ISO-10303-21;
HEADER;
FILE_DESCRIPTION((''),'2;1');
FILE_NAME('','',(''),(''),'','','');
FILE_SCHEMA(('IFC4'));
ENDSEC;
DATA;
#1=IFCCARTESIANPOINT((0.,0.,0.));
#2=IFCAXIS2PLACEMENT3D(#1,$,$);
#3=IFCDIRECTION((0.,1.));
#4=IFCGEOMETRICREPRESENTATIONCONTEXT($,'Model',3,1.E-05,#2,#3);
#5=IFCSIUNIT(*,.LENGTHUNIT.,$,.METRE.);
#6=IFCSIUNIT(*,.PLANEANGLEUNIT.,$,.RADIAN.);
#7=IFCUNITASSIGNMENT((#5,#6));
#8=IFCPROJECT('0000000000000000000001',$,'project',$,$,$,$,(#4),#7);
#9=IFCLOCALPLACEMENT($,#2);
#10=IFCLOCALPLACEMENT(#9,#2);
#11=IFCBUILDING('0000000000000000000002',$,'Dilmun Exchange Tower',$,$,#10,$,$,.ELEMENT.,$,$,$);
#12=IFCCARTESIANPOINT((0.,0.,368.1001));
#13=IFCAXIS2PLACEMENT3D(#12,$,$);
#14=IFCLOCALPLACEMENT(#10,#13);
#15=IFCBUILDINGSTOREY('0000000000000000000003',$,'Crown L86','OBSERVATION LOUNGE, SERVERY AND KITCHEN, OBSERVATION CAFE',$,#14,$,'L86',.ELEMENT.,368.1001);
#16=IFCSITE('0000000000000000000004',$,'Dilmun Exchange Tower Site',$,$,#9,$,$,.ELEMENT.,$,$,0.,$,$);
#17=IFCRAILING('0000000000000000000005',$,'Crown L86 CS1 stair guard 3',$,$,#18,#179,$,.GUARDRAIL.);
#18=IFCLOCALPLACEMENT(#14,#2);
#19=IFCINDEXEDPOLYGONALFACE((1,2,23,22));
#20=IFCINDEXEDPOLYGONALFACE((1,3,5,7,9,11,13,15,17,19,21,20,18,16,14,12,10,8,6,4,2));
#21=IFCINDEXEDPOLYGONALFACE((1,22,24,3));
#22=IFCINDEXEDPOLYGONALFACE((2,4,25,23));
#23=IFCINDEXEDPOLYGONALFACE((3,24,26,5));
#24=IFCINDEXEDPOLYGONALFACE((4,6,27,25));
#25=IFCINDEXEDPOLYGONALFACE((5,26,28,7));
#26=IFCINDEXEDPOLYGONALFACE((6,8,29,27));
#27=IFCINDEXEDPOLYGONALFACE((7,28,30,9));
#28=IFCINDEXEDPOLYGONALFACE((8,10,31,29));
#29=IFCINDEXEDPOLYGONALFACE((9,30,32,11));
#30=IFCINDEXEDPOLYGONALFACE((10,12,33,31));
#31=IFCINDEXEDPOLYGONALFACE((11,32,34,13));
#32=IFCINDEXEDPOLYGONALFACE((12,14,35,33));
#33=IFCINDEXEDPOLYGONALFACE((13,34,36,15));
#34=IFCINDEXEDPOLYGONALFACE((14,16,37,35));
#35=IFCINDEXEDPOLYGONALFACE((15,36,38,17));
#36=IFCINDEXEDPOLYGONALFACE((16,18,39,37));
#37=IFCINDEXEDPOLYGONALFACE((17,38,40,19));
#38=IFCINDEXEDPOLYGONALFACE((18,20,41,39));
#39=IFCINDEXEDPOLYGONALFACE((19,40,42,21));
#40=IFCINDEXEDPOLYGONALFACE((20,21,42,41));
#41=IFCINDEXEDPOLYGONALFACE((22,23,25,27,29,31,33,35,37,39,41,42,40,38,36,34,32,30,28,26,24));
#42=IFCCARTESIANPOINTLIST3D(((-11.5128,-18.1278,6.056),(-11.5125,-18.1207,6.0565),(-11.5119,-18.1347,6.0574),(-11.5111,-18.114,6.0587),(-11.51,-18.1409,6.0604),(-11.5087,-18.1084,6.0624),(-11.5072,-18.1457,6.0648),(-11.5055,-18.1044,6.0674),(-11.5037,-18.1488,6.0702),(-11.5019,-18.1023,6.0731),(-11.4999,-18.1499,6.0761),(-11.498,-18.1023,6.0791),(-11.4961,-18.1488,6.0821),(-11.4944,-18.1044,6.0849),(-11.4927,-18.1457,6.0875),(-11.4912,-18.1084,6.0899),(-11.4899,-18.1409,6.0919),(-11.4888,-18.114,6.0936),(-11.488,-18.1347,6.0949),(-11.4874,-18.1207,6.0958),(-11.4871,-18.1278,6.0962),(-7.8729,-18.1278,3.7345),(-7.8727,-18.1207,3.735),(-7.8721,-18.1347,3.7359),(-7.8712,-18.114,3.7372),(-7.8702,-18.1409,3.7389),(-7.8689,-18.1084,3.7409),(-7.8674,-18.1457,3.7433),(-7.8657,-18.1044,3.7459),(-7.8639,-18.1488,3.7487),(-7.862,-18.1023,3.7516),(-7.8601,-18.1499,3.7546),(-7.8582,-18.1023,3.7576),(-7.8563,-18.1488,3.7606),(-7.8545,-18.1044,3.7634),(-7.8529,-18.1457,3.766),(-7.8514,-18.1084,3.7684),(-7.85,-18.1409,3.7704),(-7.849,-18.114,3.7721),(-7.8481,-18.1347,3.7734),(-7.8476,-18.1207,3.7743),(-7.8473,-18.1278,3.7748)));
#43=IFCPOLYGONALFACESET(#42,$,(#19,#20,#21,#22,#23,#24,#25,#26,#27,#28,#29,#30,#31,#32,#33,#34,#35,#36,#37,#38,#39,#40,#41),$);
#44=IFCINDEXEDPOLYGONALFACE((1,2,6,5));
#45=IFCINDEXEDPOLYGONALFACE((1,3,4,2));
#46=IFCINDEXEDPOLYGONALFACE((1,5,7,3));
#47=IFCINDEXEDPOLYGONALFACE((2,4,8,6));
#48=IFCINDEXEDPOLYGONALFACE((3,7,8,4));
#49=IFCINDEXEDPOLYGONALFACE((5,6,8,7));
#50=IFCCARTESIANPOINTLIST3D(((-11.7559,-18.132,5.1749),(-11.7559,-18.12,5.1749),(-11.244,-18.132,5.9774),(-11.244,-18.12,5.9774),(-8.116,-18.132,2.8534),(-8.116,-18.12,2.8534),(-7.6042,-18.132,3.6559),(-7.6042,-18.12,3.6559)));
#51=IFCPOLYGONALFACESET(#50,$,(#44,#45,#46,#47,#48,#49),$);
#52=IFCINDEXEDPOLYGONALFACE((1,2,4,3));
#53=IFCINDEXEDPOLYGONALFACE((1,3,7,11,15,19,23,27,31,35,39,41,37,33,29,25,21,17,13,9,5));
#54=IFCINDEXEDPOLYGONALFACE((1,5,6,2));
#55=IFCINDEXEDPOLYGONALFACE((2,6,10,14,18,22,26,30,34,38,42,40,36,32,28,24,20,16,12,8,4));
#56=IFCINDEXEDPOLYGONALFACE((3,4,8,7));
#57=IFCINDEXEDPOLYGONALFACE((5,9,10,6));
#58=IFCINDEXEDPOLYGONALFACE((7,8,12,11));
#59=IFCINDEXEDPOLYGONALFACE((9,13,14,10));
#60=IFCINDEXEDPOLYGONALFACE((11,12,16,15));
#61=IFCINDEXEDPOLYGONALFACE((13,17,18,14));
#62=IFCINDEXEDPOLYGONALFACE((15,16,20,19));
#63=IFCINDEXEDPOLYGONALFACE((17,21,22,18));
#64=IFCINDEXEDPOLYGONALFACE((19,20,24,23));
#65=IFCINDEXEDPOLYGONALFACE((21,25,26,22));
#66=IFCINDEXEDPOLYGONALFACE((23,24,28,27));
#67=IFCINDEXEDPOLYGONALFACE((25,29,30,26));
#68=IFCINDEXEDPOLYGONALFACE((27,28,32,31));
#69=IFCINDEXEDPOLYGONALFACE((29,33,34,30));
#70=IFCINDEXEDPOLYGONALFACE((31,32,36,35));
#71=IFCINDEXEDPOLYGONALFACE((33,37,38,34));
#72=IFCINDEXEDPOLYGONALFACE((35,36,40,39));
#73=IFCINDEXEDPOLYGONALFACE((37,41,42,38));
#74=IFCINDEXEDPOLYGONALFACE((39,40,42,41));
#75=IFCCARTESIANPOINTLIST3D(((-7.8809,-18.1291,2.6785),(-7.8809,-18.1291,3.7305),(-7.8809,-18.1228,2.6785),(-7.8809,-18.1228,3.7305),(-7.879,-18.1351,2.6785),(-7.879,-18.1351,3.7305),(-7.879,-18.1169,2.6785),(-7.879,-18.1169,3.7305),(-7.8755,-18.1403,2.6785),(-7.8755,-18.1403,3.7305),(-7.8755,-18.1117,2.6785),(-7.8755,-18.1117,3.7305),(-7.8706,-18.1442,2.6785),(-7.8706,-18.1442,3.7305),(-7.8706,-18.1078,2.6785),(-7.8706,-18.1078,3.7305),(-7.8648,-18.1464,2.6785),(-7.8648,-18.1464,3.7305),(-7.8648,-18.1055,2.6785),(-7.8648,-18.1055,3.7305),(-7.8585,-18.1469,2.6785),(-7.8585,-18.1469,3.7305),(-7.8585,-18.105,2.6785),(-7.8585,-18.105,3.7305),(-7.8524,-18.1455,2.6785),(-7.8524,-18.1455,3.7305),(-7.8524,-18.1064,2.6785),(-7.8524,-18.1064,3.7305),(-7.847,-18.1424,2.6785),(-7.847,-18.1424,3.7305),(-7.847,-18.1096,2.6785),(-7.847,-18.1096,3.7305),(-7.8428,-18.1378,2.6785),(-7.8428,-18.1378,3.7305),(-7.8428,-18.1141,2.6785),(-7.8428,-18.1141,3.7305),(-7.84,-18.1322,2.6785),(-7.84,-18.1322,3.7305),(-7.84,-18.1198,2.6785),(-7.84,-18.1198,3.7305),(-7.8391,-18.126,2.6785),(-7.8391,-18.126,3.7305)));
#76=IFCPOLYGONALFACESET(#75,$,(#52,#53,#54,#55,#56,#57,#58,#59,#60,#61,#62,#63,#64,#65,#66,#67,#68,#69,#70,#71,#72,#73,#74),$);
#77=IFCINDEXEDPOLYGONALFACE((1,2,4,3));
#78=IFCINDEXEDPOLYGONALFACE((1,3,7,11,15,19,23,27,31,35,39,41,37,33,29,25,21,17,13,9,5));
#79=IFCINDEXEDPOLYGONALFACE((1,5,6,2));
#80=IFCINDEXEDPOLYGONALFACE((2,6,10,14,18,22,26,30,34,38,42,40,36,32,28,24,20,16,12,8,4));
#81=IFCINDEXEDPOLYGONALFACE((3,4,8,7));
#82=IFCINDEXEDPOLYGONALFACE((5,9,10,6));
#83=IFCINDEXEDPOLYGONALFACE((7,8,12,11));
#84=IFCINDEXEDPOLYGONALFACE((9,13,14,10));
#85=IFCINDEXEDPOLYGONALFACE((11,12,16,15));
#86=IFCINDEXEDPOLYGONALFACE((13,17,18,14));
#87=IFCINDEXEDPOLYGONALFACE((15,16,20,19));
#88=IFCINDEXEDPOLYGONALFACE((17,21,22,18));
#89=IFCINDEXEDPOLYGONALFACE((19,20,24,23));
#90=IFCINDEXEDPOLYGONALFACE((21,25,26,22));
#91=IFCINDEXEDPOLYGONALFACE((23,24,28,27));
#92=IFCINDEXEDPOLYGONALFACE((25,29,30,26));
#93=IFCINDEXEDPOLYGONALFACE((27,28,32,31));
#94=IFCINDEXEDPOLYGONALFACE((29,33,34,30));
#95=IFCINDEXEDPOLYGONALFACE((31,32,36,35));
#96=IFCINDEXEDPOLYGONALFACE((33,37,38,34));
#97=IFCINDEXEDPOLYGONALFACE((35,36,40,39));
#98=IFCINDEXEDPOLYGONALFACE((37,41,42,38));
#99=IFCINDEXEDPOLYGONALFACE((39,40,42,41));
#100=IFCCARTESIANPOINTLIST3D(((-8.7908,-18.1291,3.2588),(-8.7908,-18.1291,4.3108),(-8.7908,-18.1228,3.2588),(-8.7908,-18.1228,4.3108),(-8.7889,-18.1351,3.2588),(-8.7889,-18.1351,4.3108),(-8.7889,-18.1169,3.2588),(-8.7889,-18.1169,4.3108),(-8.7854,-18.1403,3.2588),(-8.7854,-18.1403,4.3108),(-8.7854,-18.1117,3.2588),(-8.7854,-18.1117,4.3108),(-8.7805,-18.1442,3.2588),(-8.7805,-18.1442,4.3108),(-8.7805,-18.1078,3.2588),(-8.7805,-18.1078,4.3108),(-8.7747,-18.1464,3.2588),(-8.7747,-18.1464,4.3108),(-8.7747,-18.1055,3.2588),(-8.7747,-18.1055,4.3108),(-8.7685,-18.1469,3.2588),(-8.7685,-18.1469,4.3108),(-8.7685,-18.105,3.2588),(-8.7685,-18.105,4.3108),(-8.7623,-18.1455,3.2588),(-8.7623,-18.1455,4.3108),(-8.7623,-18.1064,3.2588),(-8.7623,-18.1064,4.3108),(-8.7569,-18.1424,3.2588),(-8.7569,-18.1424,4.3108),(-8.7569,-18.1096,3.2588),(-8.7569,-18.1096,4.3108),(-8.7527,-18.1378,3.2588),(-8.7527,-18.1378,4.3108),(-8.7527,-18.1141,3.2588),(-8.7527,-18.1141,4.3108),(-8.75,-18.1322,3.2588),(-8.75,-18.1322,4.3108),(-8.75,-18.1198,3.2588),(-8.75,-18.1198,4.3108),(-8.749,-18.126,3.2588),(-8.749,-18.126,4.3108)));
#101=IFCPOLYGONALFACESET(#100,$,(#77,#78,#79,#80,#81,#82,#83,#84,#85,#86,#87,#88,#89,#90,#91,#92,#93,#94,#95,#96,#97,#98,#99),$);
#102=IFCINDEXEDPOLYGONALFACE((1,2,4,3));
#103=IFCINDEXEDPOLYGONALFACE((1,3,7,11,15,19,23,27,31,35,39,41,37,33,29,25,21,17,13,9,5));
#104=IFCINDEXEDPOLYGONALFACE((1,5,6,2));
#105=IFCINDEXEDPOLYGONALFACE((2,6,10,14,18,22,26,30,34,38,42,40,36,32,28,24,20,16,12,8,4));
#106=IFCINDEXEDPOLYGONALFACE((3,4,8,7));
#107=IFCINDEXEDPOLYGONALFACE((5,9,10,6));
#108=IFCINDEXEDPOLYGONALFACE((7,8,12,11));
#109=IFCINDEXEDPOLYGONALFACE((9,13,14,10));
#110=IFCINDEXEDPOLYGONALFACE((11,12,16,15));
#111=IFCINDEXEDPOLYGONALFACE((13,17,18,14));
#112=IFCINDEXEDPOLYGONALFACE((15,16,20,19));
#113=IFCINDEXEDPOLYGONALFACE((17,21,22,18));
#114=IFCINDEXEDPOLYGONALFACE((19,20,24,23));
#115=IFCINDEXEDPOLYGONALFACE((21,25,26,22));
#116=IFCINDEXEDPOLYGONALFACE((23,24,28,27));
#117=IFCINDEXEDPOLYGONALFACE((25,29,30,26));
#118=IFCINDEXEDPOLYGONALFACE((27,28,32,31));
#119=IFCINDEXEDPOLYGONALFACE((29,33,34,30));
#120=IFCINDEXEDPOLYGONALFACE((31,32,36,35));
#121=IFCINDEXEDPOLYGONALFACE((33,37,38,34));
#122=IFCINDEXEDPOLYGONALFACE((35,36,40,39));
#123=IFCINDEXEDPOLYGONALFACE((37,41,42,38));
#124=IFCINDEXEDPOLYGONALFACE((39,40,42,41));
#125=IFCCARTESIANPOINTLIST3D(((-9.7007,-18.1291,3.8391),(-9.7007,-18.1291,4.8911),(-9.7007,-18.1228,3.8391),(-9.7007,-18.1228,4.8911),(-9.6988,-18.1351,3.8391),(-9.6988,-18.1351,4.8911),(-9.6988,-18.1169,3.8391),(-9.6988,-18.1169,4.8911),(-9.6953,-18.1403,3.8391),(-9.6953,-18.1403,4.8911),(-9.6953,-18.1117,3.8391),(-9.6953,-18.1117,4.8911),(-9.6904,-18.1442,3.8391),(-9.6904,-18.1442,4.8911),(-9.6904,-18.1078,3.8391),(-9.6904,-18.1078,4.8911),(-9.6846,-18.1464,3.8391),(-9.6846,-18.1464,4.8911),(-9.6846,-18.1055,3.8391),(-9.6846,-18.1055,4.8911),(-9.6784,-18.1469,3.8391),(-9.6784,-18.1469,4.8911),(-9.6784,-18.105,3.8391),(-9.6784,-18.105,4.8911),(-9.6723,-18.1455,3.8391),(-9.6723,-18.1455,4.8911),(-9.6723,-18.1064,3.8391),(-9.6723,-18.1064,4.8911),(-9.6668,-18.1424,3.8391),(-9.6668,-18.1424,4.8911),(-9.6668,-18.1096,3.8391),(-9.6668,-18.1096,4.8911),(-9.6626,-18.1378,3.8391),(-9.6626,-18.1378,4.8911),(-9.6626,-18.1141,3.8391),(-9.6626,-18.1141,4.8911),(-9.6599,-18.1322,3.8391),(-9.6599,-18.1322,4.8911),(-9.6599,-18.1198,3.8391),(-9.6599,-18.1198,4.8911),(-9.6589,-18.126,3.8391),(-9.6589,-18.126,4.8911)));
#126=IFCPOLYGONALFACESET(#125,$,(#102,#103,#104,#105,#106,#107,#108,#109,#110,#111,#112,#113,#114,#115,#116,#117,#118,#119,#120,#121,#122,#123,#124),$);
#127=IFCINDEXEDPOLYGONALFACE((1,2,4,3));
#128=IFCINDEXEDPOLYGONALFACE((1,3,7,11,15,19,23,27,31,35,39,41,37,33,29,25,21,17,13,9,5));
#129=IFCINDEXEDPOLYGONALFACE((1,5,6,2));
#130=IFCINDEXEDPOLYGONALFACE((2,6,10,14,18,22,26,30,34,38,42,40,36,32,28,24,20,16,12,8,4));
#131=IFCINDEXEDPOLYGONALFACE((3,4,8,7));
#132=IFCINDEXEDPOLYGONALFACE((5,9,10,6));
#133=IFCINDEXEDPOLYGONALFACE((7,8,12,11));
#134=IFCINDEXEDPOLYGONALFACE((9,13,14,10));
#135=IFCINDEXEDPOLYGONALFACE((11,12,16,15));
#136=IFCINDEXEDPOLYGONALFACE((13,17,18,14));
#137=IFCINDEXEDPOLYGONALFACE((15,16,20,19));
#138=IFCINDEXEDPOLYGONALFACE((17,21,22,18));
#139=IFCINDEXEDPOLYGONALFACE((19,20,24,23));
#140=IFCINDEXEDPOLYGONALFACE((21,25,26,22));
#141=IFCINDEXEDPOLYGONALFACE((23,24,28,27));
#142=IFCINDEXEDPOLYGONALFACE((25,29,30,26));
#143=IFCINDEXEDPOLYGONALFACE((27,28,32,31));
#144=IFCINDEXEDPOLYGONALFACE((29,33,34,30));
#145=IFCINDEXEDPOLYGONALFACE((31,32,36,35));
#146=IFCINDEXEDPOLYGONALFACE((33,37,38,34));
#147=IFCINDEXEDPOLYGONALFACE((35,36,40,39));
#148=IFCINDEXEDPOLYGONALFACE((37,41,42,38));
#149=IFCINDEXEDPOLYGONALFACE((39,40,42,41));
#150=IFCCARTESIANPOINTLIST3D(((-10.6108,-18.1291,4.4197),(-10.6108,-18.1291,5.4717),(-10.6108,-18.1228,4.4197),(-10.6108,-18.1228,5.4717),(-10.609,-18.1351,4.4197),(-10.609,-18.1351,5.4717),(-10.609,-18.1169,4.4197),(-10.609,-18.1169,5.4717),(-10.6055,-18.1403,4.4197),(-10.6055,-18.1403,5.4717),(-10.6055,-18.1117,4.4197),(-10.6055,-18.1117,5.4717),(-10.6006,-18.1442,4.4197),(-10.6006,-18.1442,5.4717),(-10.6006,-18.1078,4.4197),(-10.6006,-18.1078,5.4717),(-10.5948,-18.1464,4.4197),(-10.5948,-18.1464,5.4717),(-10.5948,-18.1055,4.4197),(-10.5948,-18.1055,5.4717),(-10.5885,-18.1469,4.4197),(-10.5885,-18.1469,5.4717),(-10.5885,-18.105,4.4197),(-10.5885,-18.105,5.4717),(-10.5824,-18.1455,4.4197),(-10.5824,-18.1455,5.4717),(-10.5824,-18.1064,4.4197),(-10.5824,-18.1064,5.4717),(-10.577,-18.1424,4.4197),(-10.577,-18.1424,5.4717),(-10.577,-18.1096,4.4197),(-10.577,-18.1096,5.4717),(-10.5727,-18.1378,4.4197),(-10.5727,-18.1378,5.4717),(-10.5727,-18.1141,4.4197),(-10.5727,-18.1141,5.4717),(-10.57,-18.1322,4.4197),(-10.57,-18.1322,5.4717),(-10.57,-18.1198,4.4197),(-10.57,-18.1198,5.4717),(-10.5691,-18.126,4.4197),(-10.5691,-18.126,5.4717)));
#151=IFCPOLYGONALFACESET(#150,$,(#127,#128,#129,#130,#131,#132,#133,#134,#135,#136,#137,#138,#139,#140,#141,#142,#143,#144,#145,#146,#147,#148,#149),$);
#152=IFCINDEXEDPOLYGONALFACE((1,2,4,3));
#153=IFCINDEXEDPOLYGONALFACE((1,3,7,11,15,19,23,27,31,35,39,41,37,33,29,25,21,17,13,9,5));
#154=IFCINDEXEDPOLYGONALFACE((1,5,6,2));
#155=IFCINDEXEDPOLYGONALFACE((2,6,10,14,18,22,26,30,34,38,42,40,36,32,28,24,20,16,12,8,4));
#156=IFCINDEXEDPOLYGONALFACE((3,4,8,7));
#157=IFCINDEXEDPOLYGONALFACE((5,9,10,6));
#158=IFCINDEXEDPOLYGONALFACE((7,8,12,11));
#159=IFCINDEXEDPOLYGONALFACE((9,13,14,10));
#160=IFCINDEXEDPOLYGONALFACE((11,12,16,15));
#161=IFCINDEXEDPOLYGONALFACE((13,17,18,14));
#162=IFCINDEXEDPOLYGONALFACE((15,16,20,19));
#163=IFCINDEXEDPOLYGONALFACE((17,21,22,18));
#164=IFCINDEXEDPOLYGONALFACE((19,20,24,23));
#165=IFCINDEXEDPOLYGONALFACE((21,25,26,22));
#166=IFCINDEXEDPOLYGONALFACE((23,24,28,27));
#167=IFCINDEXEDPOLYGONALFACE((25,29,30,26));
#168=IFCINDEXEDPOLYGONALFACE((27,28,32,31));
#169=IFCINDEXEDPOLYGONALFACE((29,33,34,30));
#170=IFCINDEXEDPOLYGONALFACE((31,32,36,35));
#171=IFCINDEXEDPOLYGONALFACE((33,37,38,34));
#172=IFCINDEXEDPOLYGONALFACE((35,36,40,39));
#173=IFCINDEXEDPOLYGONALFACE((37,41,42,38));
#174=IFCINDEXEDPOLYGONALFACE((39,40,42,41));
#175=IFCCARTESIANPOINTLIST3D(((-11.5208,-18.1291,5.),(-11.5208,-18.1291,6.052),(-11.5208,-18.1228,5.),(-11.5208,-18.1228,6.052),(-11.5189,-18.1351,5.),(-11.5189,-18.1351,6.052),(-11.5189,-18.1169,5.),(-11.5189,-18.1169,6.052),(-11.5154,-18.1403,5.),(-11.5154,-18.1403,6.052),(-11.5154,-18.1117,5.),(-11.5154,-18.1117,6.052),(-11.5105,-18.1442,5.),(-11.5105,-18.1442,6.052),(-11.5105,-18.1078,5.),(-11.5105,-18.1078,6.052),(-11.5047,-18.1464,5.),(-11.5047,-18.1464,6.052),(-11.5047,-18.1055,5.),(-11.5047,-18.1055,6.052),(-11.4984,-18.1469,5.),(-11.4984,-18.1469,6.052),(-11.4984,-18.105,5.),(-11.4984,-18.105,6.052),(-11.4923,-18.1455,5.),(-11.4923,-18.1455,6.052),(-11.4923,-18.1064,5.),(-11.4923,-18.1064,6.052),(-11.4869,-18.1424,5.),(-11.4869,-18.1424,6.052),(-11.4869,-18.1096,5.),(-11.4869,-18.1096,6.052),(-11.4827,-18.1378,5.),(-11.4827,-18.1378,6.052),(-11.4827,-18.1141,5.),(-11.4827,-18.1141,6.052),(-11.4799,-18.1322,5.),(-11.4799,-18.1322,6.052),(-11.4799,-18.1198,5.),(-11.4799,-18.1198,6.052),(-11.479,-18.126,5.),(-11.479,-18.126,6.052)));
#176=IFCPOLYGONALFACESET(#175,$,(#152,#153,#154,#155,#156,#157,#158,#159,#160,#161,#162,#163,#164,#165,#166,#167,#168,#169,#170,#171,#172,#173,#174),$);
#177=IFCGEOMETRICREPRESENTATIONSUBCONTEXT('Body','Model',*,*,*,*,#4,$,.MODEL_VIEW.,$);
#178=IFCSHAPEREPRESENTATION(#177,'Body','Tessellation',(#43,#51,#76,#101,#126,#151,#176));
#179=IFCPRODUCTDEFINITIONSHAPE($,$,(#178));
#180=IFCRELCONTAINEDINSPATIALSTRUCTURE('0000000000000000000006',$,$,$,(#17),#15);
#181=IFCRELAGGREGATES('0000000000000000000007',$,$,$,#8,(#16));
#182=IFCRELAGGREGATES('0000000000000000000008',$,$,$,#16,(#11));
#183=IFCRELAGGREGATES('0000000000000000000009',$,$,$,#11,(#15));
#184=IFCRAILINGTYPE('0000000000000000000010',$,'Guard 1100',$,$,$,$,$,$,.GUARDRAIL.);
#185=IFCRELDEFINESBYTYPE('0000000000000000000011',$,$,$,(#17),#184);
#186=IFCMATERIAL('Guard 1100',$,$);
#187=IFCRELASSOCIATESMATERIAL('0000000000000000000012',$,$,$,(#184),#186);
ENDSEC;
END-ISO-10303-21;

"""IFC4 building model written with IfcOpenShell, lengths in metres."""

from ifc_helpers import new_model, si_unit, direction, frame, origin, origin_2d, place, context, subcontext, project, spatial, rectangle, circle, extrude, material, type_object, element, save


model = new_model("IFC4")

# Units and contexts
model_context = context("Model", 3, precision=1e-05, world=origin(), true_north=direction((0.0, 1.0)))
body_context = subcontext(model_context, "Body", "Model", "MODEL_VIEW")
ifc_project = project(units=[si_unit("LENGTHUNIT", "METRE"), si_unit("PLANEANGLEUNIT", "RADIAN")], contexts=[model_context])

# Site, building, storey
site_placement = place(None, origin())
site = spatial("IfcSite", under=ifc_project, at=site_placement, Name="Dilmun Exchange Tower Site", CompositionType="ELEMENT", RefElevation=0.0)
building_placement = place(site_placement, origin())
building = spatial("IfcBuilding", under=site, at=building_placement, Name="Dilmun Exchange Tower", CompositionType="ELEMENT")
storey_placement = place(building_placement, frame((0.0, 0.0, 368.1001)))
storey = spatial("IfcBuildingStorey", under=building, at=storey_placement, Name="Crown L86", Description="OBSERVATION LOUNGE, SERVERY AND KITCHEN, OBSERVATION CAFE", LongName="L86", CompositionType="ELEMENT", Elevation=368.1001)

# Railing
ifc_material_1 = material(Name="Guard 1100")
railing_type_1 = type_object("IfcRailingType", Name="Guard 1100", PredefinedType="GUARDRAIL", material=ifc_material_1)
railing_1_placement = place(storey_placement, frame((-7.8601, -18.126, 2.6785)))
element("IfcRailing", 1, at=railing_1_placement, inside=storey, type_object=railing_type_1, Name="Crown L86 CS1 stair guard 3", PredefinedType="GUARDRAIL", context=body_context, shape_type="SweptSolid", body=[
    extrude(circle(Radius=0.0239, at=origin_2d()), frame((0.0, 0.0, 1.0762), z_axis=(-0.843112, 0.0, 0.537739), x_axis=(0.0, -1.0, 0.0)), (0.0, 0.0, 1.0), 4.3171),
    extrude(rectangle(XDim=0.012, YDim=0.9519, at=origin_2d()), frame((0.0, 0.0, 0.5762), z_axis=(-0.843112, 0.0, 0.537739), x_axis=(0.0, -1.0, 0.0)), (0.0, 0.0, 1.0), 4.3171),
    extrude(circle(Radius=0.021, at=origin_2d()), origin(), (0.0, 0.0, 1.0), 1.052),
    extrude(circle(Radius=0.021, at=origin_2d()), frame((-0.9099, 0.0, 0.5803)), (0.0, 0.0, 1.0), 1.052),
    extrude(circle(Radius=0.021, at=origin_2d()), frame((-1.8198, 0.0, 1.1606)), (0.0, 0.0, 1.0), 1.052),
    extrude(circle(Radius=0.021, at=origin_2d()), frame((-2.73, 0.0, 1.7412)), (0.0, 0.0, 1.0), 1.052),
    extrude(circle(Radius=0.021, at=origin_2d()), frame((-3.6399, 0.0, 2.3215)), (0.0, 0.0, 1.0), 1.052),
])

save(model, "model.ifc")
